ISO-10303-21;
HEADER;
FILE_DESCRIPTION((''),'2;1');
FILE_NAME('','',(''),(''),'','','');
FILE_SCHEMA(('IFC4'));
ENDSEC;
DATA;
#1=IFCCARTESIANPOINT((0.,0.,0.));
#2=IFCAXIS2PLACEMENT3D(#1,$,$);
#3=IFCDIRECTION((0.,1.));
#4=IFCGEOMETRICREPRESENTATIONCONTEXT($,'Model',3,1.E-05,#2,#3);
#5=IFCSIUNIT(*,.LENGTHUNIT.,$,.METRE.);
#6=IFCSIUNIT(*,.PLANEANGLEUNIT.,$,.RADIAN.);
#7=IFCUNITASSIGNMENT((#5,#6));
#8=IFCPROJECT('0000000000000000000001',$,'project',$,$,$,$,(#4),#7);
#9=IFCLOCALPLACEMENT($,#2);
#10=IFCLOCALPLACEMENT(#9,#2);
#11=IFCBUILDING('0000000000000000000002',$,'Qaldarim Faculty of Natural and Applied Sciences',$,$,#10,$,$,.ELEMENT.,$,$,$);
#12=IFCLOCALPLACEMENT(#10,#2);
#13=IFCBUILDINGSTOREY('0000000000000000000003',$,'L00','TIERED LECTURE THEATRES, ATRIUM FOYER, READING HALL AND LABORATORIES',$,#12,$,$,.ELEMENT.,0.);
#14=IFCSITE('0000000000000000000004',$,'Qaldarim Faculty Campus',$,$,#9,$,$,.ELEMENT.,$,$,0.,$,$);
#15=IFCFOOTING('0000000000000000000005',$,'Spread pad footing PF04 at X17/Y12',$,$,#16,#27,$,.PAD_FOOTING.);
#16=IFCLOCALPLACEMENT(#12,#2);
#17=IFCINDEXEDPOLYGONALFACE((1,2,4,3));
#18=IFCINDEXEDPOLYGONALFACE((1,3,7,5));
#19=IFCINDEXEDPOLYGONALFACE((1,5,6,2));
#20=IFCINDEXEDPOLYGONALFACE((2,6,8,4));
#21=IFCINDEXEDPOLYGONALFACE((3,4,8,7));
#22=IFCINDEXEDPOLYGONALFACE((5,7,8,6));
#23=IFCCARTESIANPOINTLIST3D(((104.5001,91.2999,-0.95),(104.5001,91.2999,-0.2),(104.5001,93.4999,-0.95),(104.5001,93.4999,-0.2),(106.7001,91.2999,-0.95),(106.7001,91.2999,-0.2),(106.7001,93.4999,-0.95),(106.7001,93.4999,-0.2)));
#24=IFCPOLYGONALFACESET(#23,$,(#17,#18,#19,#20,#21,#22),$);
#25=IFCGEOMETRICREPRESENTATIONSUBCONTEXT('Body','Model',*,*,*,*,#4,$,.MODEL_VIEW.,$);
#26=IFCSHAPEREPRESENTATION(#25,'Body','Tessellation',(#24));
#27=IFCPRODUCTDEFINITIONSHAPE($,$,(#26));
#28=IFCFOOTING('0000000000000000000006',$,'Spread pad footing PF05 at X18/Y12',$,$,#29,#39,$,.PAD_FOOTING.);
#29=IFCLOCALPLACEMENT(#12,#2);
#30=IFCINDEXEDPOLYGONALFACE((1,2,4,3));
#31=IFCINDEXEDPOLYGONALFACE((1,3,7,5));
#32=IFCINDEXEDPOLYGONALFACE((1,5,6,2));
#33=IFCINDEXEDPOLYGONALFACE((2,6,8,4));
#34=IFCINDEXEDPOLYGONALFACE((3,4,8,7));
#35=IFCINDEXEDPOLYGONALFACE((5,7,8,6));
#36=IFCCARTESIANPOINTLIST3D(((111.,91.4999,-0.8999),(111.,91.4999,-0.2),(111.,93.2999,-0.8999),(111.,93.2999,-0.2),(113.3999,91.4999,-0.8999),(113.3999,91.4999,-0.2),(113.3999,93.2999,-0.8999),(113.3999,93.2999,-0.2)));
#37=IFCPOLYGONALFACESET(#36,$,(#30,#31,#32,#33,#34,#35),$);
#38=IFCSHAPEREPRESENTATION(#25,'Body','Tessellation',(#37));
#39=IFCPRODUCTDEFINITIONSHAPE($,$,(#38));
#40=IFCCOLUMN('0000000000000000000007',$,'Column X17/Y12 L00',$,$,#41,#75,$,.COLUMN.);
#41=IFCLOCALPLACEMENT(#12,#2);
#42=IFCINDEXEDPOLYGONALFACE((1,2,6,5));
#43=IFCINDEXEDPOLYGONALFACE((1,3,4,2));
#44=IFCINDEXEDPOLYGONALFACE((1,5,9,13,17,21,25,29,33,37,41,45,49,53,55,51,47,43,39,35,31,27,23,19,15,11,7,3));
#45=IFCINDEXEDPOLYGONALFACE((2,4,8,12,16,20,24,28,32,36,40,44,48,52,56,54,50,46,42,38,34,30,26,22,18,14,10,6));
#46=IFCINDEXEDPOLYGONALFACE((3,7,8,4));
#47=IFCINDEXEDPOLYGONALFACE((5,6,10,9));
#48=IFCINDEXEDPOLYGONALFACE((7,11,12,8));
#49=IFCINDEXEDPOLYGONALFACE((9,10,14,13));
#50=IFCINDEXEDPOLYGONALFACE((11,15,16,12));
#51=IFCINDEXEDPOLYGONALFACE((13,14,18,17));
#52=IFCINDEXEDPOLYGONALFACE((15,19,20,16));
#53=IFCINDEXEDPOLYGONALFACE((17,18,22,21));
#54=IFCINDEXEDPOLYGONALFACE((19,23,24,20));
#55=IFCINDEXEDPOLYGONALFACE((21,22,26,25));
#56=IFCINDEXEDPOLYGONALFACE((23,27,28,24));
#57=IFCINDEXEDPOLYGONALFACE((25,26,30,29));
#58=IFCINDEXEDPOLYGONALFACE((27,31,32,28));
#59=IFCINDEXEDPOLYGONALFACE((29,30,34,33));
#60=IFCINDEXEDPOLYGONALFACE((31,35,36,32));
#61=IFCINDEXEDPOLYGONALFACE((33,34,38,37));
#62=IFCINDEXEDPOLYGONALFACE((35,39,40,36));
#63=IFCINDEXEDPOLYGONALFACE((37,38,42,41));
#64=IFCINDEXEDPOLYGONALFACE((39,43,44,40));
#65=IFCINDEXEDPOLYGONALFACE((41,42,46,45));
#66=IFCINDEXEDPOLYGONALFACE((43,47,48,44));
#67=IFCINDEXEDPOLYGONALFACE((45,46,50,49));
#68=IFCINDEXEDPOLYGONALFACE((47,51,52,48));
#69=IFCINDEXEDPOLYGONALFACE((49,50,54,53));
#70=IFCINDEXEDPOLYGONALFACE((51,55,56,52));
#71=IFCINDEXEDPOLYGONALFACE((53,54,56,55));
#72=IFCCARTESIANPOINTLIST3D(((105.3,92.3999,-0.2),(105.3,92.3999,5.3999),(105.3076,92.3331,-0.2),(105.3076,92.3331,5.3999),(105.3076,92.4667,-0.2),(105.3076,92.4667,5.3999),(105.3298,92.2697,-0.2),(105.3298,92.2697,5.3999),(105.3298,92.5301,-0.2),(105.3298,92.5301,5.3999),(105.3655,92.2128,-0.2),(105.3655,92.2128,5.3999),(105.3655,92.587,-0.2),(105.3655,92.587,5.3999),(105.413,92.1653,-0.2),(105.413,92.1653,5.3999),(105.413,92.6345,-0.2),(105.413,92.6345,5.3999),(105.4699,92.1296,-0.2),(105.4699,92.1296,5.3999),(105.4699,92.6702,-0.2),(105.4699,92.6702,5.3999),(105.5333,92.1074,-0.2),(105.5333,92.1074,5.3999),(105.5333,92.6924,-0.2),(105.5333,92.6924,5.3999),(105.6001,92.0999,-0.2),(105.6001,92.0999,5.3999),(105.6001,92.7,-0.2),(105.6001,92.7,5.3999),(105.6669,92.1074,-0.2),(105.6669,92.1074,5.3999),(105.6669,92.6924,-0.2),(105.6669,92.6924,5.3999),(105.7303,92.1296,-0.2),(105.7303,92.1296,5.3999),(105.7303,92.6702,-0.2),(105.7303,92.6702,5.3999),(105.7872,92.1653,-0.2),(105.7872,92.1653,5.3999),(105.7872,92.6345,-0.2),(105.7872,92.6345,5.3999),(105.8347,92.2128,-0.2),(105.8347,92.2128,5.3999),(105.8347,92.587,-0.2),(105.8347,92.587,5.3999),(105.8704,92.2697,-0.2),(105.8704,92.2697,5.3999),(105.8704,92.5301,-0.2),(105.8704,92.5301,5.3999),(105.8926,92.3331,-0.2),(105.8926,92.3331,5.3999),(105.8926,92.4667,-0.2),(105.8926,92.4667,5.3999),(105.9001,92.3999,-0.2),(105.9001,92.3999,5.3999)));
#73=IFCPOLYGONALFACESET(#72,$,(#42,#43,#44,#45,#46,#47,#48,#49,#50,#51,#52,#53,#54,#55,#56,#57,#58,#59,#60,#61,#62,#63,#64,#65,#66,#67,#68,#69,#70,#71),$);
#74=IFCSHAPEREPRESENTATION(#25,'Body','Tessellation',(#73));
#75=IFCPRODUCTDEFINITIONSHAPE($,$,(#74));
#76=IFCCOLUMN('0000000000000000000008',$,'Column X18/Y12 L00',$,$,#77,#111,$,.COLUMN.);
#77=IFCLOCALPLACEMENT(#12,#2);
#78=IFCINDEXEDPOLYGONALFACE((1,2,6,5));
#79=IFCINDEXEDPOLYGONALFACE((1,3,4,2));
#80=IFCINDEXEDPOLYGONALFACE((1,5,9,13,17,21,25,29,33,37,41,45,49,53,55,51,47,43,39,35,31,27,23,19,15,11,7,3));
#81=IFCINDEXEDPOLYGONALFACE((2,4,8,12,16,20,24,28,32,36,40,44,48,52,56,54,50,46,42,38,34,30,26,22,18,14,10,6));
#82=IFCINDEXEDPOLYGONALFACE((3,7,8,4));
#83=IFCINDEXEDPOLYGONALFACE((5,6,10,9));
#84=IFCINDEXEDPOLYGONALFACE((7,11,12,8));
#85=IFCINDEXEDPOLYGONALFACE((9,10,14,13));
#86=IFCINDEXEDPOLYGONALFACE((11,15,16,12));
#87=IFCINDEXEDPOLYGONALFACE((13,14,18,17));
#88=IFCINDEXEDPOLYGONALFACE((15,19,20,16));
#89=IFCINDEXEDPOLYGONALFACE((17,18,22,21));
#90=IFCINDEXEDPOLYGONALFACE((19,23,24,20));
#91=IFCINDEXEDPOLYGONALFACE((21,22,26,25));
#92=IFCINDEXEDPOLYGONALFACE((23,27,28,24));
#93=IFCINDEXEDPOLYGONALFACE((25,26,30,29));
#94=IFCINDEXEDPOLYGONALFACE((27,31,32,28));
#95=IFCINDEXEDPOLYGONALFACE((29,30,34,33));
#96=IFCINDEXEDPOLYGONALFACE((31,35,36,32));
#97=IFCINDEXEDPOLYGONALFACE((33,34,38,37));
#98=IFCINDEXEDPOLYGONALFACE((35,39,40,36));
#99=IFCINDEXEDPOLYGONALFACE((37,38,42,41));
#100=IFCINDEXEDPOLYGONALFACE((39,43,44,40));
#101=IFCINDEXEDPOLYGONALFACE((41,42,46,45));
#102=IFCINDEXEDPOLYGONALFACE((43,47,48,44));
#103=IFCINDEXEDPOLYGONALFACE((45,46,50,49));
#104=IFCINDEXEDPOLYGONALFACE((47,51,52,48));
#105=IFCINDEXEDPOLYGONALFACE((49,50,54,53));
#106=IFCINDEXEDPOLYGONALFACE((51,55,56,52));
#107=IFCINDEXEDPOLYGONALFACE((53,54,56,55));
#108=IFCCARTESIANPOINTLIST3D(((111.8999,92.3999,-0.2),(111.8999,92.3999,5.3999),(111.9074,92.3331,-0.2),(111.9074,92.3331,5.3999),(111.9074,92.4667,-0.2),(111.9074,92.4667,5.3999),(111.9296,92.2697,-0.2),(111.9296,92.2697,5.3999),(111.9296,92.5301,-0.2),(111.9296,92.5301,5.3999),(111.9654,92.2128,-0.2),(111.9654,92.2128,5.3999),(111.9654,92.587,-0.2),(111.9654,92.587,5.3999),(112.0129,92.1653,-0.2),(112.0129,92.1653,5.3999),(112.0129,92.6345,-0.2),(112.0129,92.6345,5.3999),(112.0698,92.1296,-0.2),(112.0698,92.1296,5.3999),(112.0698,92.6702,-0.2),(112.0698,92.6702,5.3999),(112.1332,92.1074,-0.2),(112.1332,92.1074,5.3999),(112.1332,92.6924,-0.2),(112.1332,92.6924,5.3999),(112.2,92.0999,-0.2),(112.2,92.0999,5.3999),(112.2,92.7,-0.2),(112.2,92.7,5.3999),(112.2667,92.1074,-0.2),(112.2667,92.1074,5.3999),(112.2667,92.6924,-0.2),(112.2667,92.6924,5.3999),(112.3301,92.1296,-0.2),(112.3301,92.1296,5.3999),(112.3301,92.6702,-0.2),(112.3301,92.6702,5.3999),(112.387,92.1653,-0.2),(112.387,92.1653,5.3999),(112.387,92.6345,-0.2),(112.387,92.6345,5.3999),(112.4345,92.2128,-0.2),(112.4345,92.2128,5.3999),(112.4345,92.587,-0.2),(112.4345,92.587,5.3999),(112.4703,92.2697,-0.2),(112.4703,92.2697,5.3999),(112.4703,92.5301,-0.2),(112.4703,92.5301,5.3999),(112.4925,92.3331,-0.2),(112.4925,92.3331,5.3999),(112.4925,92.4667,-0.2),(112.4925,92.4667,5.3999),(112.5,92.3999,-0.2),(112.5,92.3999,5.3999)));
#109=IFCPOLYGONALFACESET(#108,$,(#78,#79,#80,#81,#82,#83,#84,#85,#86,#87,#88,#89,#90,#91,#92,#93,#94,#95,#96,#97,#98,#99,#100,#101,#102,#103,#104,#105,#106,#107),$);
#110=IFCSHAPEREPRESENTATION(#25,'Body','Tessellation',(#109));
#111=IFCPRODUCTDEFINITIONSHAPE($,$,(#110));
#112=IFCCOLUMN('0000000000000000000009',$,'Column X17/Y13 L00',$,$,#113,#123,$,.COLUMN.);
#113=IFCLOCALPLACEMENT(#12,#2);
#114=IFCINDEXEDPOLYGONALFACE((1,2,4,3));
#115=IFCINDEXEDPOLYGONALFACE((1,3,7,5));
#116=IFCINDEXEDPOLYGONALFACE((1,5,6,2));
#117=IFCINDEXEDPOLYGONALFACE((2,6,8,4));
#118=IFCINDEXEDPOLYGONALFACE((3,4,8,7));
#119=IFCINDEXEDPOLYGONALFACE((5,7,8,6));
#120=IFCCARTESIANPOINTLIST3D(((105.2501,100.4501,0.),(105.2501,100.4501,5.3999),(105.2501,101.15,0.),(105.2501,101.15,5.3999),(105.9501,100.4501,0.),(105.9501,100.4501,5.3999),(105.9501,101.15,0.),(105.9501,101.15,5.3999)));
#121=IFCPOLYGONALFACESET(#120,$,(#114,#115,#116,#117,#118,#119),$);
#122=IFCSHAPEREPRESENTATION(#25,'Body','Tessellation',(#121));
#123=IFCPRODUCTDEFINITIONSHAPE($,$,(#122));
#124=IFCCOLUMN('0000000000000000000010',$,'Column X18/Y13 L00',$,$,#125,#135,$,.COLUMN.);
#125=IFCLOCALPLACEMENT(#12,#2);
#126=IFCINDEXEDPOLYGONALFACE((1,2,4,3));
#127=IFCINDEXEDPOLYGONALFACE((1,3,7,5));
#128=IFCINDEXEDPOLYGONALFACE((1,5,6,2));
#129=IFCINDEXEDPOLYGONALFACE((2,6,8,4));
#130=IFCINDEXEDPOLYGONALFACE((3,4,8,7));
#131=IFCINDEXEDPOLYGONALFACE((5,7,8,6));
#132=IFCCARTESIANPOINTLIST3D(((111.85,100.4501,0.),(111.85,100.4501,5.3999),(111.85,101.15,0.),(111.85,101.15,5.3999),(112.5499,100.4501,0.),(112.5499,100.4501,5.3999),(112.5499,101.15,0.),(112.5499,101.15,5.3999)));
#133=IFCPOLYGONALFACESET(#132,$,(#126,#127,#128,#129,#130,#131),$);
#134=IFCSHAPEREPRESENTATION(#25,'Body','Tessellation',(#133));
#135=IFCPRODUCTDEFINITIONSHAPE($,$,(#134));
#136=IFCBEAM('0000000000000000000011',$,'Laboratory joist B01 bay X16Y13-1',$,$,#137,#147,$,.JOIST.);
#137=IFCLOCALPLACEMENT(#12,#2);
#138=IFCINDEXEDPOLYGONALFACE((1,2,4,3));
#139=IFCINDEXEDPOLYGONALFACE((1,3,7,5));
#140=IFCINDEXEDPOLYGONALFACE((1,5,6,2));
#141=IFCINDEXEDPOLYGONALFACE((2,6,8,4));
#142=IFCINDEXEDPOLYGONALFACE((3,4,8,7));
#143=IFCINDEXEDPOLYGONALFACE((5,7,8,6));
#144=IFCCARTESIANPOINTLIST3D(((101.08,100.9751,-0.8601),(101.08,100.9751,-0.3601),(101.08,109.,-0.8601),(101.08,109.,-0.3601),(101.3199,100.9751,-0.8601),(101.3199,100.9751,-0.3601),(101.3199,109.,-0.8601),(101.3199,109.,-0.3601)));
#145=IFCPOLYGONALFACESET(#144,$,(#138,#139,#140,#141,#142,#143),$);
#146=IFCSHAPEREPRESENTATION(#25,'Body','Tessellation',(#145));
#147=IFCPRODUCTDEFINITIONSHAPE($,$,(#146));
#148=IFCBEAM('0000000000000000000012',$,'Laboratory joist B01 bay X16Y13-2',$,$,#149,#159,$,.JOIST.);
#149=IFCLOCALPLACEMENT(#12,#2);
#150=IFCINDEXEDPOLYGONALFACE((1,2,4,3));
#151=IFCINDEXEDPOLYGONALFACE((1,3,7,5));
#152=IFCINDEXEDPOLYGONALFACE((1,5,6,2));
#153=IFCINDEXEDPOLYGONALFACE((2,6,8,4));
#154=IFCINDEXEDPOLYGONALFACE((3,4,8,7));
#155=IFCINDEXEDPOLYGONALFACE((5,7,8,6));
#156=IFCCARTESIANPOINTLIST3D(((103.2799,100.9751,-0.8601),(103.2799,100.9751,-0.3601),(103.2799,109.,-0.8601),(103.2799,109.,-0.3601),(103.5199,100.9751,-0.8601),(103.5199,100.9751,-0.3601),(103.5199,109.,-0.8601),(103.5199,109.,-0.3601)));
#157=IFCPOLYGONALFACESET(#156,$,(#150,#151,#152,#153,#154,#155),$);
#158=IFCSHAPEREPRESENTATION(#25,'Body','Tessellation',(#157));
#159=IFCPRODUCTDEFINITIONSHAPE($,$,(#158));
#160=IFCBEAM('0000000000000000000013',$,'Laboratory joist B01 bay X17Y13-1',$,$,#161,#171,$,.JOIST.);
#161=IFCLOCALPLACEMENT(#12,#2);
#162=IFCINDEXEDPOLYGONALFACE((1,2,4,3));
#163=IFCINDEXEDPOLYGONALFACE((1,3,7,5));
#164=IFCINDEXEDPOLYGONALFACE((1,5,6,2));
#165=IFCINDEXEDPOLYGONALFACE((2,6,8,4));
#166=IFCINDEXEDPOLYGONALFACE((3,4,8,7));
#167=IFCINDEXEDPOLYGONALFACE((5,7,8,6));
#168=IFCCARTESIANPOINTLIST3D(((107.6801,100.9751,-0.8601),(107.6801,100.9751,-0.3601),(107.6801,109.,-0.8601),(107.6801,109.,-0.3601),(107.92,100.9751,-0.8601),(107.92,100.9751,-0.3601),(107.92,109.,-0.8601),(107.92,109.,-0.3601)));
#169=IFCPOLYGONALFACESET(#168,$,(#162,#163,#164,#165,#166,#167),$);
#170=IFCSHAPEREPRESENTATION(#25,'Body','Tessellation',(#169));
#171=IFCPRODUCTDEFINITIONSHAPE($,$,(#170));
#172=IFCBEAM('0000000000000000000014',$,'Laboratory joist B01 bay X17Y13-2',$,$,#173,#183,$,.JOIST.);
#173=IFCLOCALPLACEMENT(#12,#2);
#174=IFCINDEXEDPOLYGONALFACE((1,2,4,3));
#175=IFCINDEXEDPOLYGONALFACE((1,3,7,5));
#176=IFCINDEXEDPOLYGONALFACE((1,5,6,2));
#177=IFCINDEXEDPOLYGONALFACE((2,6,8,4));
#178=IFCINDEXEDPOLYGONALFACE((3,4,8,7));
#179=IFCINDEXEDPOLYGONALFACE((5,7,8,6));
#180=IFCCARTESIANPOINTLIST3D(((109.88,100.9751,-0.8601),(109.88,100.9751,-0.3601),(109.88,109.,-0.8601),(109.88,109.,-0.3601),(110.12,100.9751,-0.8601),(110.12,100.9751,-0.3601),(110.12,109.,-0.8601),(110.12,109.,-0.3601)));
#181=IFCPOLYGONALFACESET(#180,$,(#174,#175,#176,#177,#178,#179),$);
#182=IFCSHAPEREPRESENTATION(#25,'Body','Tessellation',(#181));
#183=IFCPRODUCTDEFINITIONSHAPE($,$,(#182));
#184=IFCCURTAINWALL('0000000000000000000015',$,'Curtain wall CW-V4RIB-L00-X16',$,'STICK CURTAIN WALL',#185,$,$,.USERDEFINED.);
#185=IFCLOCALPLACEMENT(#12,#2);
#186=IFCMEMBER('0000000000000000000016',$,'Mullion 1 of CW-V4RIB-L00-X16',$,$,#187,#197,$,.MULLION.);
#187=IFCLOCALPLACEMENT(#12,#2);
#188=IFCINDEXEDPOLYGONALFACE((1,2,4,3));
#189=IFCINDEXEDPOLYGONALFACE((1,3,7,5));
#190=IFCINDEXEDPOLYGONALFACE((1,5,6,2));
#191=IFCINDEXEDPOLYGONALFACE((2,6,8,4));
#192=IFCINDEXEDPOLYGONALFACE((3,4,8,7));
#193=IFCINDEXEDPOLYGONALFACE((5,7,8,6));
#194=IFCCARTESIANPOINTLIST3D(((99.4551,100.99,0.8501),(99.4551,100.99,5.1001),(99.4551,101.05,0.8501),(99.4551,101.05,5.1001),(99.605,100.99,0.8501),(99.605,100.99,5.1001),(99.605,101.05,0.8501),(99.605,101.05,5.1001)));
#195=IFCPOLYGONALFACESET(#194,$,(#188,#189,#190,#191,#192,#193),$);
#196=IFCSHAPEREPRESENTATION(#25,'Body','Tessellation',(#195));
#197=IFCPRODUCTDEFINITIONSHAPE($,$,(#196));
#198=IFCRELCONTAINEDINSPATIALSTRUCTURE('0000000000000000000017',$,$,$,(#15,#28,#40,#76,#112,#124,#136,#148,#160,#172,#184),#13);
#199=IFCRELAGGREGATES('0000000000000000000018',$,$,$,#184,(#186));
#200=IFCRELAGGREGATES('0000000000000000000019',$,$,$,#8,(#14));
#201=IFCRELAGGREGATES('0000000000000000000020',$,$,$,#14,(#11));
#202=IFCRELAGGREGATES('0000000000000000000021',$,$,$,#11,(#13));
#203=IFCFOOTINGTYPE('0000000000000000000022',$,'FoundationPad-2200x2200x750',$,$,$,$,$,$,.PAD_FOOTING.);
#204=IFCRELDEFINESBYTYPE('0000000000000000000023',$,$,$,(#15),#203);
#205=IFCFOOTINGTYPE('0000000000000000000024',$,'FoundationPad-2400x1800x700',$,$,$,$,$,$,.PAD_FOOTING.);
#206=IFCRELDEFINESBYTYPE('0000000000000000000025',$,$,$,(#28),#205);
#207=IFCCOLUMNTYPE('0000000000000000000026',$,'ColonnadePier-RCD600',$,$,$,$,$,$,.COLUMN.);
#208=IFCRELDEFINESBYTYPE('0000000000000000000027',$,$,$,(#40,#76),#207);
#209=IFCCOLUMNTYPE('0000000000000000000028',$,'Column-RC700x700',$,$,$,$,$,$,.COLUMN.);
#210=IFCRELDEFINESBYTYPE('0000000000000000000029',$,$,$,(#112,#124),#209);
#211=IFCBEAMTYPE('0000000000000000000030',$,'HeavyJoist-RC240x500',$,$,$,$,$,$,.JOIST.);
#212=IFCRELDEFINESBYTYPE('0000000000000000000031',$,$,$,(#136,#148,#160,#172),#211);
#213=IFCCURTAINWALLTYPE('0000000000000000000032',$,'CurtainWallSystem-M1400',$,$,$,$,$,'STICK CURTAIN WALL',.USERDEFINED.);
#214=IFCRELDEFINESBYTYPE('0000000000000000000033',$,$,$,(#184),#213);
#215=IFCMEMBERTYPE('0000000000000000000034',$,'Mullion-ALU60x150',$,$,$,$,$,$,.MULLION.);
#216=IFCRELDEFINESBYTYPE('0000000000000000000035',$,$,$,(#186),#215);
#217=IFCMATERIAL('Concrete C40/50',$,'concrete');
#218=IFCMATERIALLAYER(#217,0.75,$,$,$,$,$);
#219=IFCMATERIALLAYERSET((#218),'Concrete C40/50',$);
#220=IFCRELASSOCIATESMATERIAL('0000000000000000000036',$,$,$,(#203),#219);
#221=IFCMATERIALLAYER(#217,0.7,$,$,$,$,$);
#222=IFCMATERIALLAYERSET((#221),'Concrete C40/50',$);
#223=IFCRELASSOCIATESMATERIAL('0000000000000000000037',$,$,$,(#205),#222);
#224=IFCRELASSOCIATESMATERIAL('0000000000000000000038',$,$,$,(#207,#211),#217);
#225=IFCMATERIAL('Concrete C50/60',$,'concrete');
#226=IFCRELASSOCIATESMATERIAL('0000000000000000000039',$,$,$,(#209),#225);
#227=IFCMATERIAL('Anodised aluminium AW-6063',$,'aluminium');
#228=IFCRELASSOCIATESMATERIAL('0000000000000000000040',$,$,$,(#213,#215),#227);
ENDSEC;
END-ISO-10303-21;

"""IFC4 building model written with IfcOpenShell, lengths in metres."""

from ifc_helpers import new_model, si_unit, direction, frame, origin, origin_2d, place, context, subcontext, project, spatial, rectangle, circle, extrude, material, layer, layer_set, material_profile, profile_set, type_object, element, aggregate, save


model = new_model("IFC4")

# Units and contexts
model_context = context("Model", 3, precision=1e-05, world=origin(), true_north=direction((0.0, 1.0)))
body_context = subcontext(model_context, "Body", "Model", "MODEL_VIEW")
ifc_project = project(units=[si_unit("LENGTHUNIT", "METRE"), si_unit("PLANEANGLEUNIT", "RADIAN")], contexts=[model_context])

# Site, building, storey
site_placement = place(None, origin())
site = spatial("IfcSite", under=ifc_project, at=site_placement, Name="Qaldarim Faculty Campus", CompositionType="ELEMENT", RefElevation=0.0)
building_placement = place(site_placement, origin())
building = spatial("IfcBuilding", under=site, at=building_placement, Name="Qaldarim Faculty of Natural and Applied Sciences", CompositionType="ELEMENT")
storey_placement = place(building_placement, origin())
storey = spatial("IfcBuildingStorey", under=building, at=storey_placement, Name="L00", Description="TIERED LECTURE THEATRES, ATRIUM FOYER, READING HALL AND LABORATORIES", CompositionType="ELEMENT", Elevation=0.0)

# Footings
ifc_material_1 = material(Name="Concrete C40/50", Category="concrete")
ifc_layer_1 = layer(ifc_material_1, 0.75)
ifc_layer_set_1 = layer_set([ifc_layer_1], Name="Concrete C40/50")
footing_type_1 = type_object("IfcFootingType", Name="FoundationPad-2200x2200x750", PredefinedType="PAD_FOOTING", material=ifc_layer_set_1)
footing_1_placement = place(storey_placement, frame((105.6001, 92.3999, -0.95), z_axis=(0.0, 0.0, 1.0), x_axis=(1.0, 0.0, 0.0)))
element("IfcFooting", 1, at=footing_1_placement, inside=storey, type_object=footing_type_1, Name="Spread pad footing PF04 at X17/Y12", PredefinedType="PAD_FOOTING", context=body_context, shape_type="SweptSolid", body=[
    extrude(rectangle(XDim=2.2, YDim=2.2, at=origin_2d()), origin(), (0.0, 0.0, 1.0), 0.75),
])
ifc_layer_2 = layer(ifc_material_1, 0.7)
ifc_layer_set_2 = layer_set([ifc_layer_2], Name="Concrete C40/50")
footing_type_2 = type_object("IfcFootingType", Name="FoundationPad-2400x1800x700", PredefinedType="PAD_FOOTING", material=ifc_layer_set_2)
footing_2_placement = place(storey_placement, frame((112.2, 92.3999, -0.8999), z_axis=(0.0, 0.0, 1.0), x_axis=(1.0, 0.0, 0.0)))
element("IfcFooting", 2, at=footing_2_placement, inside=storey, type_object=footing_type_2, Name="Spread pad footing PF05 at X18/Y12", PredefinedType="PAD_FOOTING", context=body_context, shape_type="SweptSolid", body=[
    extrude(rectangle(XDim=2.3999, YDim=1.8, at=origin_2d()), origin(), (0.0, 0.0, 1.0), 0.7),
])

# Columns
ifc_material_profile_1 = material_profile(ifc_material_1, circle(Radius=0.3, at=origin_2d()), Name="RC-D600")
ifc_profile_set_1 = profile_set([ifc_material_profile_1], Name="Concrete C40/50")
column_type_1 = type_object("IfcColumnType", Name="ColonnadePier-RCD600", PredefinedType="COLUMN", material=ifc_profile_set_1)
for number, where, z_axis, x_axis, name in (
    (3, (105.6001, 92.3999, -0.2), (0.0, 0.0, 1.0), (1.0, 0.0, 0.0), "Column X17/Y12 L00"),
    (4, (112.2, 92.3999, -0.2), (0.0, 0.0, 1.0), (1.0, 0.0, 0.0), "Column X18/Y12 L00"),
):
    element("IfcColumn", number, at=place(storey_placement, frame(where, z_axis=z_axis, x_axis=x_axis)), inside=storey, type_object=column_type_1, Name=name, PredefinedType="COLUMN", context=body_context, shape_type="SweptSolid", body=[
        extrude(circle(Radius=0.3, at=origin_2d()), origin(), (0.0, 0.0, 1.0), 5.5999),
    ])
ifc_material_2 = material(Name="Concrete C50/60", Category="concrete")
ifc_material_profile_2 = material_profile(ifc_material_2, rectangle(XDim=0.7, YDim=0.7, at=origin_2d()), Name="RC-C700x700")
ifc_profile_set_2 = profile_set([ifc_material_profile_2], Name="Concrete C50/60")
column_type_2 = type_object("IfcColumnType", Name="Column-RC700x700", PredefinedType="COLUMN", material=ifc_profile_set_2)
for number, where, z_axis, x_axis, name in (
    (5, (105.6001, 100.8, 0.0), (0.0, 0.0, 1.0), (1.0, 0.0, 0.0), "Column X17/Y13 L00"),
    (6, (112.2, 100.8, 0.0), (0.0, 0.0, 1.0), (1.0, 0.0, 0.0), "Column X18/Y13 L00"),
):
    element("IfcColumn", number, at=place(storey_placement, frame(where, z_axis=z_axis, x_axis=x_axis)), inside=storey, type_object=column_type_2, Name=name, PredefinedType="COLUMN", context=body_context, shape_type="SweptSolid", body=[
        extrude(rectangle(XDim=0.7, YDim=0.7, at=origin_2d()), origin(), (0.0, 0.0, 1.0), 5.3999),
    ])

# Beams
ifc_material_profile_3 = material_profile(ifc_material_1, rectangle(XDim=0.24, YDim=0.5, at=origin_2d()), Name="RC-J240x500")
ifc_profile_set_3 = profile_set([ifc_material_profile_3], Name="Concrete C40/50")
beam_type_1 = type_object("IfcBeamType", Name="HeavyJoist-RC240x500", PredefinedType="JOIST", material=ifc_profile_set_3)
for number, where, z_axis, x_axis, name in (
    (7, (101.2, 100.9751, -0.6101), (0.0, 1.0, 0.0), (-1.0, 0.0, 0.0), "Laboratory joist B01 bay X16Y13-1"),
    (8, (103.3999, 100.9751, -0.6101), (0.0, 1.0, 0.0), (-1.0, 0.0, 0.0), "Laboratory joist B01 bay X16Y13-2"),
    (9, (107.8, 100.9751, -0.6101), (0.0, 1.0, 0.0), (-1.0, 0.0, 0.0), "Laboratory joist B01 bay X17Y13-1"),
    (10, (110.0, 100.9751, -0.6101), (0.0, 1.0, 0.0), (-1.0, 0.0, 0.0), "Laboratory joist B01 bay X17Y13-2"),
):
    element("IfcBeam", number, at=place(storey_placement, frame(where, z_axis=z_axis, x_axis=x_axis)), inside=storey, type_object=beam_type_1, Name=name, PredefinedType="JOIST", context=body_context, shape_type="SweptSolid", body=[
        extrude(rectangle(XDim=0.24, YDim=0.5, at=origin_2d()), origin(), (0.0, 0.0, 1.0), 8.0249),
    ])

# Curtain wall, member
ifc_material_3 = material(Name="Anodised aluminium AW-6063", Category="aluminium")
curtain_wall_type = type_object("IfcCurtainWallType", Name="CurtainWallSystem-M1400", ElementType="STICK CURTAIN WALL", PredefinedType="USERDEFINED", material=ifc_material_3)
curtain_wall_placement = place(storey_placement, origin())
curtain_wall = element("IfcCurtainWall", 11, at=curtain_wall_placement, inside=storey, type_object=curtain_wall_type, Name="Curtain wall CW-V4RIB-L00-X16", ObjectType="STICK CURTAIN WALL", PredefinedType="USERDEFINED")
ifc_material_profile_4 = material_profile(ifc_material_3, rectangle(XDim=0.0601, YDim=0.1499, at=origin_2d()), Name="ALU-M60x150")
ifc_profile_set_4 = profile_set([ifc_material_profile_4], Name="Anodised aluminium AW-6063")
member_type_1 = type_object("IfcMemberType", Name="Mullion-ALU60x150", PredefinedType="MULLION", material=ifc_profile_set_4)
member_1_placement = place(storey_placement, frame((99.53, 101.02, 0.8501), z_axis=(0.0, 0.0, 1.0), x_axis=(0.0, 1.0, 0.0)))
member_1 = element("IfcMember", 12, at=member_1_placement, type_object=member_type_1, Name="Mullion 1 of CW-V4RIB-L00-X16", PredefinedType="MULLION", context=body_context, shape_type="SweptSolid", body=[
    extrude(rectangle(XDim=0.0601, YDim=0.1499, at=origin_2d()), origin(), (0.0, 0.0, 1.0), 4.25),
])

aggregate(curtain_wall, [member_1])

save(model, "model.ifc")
